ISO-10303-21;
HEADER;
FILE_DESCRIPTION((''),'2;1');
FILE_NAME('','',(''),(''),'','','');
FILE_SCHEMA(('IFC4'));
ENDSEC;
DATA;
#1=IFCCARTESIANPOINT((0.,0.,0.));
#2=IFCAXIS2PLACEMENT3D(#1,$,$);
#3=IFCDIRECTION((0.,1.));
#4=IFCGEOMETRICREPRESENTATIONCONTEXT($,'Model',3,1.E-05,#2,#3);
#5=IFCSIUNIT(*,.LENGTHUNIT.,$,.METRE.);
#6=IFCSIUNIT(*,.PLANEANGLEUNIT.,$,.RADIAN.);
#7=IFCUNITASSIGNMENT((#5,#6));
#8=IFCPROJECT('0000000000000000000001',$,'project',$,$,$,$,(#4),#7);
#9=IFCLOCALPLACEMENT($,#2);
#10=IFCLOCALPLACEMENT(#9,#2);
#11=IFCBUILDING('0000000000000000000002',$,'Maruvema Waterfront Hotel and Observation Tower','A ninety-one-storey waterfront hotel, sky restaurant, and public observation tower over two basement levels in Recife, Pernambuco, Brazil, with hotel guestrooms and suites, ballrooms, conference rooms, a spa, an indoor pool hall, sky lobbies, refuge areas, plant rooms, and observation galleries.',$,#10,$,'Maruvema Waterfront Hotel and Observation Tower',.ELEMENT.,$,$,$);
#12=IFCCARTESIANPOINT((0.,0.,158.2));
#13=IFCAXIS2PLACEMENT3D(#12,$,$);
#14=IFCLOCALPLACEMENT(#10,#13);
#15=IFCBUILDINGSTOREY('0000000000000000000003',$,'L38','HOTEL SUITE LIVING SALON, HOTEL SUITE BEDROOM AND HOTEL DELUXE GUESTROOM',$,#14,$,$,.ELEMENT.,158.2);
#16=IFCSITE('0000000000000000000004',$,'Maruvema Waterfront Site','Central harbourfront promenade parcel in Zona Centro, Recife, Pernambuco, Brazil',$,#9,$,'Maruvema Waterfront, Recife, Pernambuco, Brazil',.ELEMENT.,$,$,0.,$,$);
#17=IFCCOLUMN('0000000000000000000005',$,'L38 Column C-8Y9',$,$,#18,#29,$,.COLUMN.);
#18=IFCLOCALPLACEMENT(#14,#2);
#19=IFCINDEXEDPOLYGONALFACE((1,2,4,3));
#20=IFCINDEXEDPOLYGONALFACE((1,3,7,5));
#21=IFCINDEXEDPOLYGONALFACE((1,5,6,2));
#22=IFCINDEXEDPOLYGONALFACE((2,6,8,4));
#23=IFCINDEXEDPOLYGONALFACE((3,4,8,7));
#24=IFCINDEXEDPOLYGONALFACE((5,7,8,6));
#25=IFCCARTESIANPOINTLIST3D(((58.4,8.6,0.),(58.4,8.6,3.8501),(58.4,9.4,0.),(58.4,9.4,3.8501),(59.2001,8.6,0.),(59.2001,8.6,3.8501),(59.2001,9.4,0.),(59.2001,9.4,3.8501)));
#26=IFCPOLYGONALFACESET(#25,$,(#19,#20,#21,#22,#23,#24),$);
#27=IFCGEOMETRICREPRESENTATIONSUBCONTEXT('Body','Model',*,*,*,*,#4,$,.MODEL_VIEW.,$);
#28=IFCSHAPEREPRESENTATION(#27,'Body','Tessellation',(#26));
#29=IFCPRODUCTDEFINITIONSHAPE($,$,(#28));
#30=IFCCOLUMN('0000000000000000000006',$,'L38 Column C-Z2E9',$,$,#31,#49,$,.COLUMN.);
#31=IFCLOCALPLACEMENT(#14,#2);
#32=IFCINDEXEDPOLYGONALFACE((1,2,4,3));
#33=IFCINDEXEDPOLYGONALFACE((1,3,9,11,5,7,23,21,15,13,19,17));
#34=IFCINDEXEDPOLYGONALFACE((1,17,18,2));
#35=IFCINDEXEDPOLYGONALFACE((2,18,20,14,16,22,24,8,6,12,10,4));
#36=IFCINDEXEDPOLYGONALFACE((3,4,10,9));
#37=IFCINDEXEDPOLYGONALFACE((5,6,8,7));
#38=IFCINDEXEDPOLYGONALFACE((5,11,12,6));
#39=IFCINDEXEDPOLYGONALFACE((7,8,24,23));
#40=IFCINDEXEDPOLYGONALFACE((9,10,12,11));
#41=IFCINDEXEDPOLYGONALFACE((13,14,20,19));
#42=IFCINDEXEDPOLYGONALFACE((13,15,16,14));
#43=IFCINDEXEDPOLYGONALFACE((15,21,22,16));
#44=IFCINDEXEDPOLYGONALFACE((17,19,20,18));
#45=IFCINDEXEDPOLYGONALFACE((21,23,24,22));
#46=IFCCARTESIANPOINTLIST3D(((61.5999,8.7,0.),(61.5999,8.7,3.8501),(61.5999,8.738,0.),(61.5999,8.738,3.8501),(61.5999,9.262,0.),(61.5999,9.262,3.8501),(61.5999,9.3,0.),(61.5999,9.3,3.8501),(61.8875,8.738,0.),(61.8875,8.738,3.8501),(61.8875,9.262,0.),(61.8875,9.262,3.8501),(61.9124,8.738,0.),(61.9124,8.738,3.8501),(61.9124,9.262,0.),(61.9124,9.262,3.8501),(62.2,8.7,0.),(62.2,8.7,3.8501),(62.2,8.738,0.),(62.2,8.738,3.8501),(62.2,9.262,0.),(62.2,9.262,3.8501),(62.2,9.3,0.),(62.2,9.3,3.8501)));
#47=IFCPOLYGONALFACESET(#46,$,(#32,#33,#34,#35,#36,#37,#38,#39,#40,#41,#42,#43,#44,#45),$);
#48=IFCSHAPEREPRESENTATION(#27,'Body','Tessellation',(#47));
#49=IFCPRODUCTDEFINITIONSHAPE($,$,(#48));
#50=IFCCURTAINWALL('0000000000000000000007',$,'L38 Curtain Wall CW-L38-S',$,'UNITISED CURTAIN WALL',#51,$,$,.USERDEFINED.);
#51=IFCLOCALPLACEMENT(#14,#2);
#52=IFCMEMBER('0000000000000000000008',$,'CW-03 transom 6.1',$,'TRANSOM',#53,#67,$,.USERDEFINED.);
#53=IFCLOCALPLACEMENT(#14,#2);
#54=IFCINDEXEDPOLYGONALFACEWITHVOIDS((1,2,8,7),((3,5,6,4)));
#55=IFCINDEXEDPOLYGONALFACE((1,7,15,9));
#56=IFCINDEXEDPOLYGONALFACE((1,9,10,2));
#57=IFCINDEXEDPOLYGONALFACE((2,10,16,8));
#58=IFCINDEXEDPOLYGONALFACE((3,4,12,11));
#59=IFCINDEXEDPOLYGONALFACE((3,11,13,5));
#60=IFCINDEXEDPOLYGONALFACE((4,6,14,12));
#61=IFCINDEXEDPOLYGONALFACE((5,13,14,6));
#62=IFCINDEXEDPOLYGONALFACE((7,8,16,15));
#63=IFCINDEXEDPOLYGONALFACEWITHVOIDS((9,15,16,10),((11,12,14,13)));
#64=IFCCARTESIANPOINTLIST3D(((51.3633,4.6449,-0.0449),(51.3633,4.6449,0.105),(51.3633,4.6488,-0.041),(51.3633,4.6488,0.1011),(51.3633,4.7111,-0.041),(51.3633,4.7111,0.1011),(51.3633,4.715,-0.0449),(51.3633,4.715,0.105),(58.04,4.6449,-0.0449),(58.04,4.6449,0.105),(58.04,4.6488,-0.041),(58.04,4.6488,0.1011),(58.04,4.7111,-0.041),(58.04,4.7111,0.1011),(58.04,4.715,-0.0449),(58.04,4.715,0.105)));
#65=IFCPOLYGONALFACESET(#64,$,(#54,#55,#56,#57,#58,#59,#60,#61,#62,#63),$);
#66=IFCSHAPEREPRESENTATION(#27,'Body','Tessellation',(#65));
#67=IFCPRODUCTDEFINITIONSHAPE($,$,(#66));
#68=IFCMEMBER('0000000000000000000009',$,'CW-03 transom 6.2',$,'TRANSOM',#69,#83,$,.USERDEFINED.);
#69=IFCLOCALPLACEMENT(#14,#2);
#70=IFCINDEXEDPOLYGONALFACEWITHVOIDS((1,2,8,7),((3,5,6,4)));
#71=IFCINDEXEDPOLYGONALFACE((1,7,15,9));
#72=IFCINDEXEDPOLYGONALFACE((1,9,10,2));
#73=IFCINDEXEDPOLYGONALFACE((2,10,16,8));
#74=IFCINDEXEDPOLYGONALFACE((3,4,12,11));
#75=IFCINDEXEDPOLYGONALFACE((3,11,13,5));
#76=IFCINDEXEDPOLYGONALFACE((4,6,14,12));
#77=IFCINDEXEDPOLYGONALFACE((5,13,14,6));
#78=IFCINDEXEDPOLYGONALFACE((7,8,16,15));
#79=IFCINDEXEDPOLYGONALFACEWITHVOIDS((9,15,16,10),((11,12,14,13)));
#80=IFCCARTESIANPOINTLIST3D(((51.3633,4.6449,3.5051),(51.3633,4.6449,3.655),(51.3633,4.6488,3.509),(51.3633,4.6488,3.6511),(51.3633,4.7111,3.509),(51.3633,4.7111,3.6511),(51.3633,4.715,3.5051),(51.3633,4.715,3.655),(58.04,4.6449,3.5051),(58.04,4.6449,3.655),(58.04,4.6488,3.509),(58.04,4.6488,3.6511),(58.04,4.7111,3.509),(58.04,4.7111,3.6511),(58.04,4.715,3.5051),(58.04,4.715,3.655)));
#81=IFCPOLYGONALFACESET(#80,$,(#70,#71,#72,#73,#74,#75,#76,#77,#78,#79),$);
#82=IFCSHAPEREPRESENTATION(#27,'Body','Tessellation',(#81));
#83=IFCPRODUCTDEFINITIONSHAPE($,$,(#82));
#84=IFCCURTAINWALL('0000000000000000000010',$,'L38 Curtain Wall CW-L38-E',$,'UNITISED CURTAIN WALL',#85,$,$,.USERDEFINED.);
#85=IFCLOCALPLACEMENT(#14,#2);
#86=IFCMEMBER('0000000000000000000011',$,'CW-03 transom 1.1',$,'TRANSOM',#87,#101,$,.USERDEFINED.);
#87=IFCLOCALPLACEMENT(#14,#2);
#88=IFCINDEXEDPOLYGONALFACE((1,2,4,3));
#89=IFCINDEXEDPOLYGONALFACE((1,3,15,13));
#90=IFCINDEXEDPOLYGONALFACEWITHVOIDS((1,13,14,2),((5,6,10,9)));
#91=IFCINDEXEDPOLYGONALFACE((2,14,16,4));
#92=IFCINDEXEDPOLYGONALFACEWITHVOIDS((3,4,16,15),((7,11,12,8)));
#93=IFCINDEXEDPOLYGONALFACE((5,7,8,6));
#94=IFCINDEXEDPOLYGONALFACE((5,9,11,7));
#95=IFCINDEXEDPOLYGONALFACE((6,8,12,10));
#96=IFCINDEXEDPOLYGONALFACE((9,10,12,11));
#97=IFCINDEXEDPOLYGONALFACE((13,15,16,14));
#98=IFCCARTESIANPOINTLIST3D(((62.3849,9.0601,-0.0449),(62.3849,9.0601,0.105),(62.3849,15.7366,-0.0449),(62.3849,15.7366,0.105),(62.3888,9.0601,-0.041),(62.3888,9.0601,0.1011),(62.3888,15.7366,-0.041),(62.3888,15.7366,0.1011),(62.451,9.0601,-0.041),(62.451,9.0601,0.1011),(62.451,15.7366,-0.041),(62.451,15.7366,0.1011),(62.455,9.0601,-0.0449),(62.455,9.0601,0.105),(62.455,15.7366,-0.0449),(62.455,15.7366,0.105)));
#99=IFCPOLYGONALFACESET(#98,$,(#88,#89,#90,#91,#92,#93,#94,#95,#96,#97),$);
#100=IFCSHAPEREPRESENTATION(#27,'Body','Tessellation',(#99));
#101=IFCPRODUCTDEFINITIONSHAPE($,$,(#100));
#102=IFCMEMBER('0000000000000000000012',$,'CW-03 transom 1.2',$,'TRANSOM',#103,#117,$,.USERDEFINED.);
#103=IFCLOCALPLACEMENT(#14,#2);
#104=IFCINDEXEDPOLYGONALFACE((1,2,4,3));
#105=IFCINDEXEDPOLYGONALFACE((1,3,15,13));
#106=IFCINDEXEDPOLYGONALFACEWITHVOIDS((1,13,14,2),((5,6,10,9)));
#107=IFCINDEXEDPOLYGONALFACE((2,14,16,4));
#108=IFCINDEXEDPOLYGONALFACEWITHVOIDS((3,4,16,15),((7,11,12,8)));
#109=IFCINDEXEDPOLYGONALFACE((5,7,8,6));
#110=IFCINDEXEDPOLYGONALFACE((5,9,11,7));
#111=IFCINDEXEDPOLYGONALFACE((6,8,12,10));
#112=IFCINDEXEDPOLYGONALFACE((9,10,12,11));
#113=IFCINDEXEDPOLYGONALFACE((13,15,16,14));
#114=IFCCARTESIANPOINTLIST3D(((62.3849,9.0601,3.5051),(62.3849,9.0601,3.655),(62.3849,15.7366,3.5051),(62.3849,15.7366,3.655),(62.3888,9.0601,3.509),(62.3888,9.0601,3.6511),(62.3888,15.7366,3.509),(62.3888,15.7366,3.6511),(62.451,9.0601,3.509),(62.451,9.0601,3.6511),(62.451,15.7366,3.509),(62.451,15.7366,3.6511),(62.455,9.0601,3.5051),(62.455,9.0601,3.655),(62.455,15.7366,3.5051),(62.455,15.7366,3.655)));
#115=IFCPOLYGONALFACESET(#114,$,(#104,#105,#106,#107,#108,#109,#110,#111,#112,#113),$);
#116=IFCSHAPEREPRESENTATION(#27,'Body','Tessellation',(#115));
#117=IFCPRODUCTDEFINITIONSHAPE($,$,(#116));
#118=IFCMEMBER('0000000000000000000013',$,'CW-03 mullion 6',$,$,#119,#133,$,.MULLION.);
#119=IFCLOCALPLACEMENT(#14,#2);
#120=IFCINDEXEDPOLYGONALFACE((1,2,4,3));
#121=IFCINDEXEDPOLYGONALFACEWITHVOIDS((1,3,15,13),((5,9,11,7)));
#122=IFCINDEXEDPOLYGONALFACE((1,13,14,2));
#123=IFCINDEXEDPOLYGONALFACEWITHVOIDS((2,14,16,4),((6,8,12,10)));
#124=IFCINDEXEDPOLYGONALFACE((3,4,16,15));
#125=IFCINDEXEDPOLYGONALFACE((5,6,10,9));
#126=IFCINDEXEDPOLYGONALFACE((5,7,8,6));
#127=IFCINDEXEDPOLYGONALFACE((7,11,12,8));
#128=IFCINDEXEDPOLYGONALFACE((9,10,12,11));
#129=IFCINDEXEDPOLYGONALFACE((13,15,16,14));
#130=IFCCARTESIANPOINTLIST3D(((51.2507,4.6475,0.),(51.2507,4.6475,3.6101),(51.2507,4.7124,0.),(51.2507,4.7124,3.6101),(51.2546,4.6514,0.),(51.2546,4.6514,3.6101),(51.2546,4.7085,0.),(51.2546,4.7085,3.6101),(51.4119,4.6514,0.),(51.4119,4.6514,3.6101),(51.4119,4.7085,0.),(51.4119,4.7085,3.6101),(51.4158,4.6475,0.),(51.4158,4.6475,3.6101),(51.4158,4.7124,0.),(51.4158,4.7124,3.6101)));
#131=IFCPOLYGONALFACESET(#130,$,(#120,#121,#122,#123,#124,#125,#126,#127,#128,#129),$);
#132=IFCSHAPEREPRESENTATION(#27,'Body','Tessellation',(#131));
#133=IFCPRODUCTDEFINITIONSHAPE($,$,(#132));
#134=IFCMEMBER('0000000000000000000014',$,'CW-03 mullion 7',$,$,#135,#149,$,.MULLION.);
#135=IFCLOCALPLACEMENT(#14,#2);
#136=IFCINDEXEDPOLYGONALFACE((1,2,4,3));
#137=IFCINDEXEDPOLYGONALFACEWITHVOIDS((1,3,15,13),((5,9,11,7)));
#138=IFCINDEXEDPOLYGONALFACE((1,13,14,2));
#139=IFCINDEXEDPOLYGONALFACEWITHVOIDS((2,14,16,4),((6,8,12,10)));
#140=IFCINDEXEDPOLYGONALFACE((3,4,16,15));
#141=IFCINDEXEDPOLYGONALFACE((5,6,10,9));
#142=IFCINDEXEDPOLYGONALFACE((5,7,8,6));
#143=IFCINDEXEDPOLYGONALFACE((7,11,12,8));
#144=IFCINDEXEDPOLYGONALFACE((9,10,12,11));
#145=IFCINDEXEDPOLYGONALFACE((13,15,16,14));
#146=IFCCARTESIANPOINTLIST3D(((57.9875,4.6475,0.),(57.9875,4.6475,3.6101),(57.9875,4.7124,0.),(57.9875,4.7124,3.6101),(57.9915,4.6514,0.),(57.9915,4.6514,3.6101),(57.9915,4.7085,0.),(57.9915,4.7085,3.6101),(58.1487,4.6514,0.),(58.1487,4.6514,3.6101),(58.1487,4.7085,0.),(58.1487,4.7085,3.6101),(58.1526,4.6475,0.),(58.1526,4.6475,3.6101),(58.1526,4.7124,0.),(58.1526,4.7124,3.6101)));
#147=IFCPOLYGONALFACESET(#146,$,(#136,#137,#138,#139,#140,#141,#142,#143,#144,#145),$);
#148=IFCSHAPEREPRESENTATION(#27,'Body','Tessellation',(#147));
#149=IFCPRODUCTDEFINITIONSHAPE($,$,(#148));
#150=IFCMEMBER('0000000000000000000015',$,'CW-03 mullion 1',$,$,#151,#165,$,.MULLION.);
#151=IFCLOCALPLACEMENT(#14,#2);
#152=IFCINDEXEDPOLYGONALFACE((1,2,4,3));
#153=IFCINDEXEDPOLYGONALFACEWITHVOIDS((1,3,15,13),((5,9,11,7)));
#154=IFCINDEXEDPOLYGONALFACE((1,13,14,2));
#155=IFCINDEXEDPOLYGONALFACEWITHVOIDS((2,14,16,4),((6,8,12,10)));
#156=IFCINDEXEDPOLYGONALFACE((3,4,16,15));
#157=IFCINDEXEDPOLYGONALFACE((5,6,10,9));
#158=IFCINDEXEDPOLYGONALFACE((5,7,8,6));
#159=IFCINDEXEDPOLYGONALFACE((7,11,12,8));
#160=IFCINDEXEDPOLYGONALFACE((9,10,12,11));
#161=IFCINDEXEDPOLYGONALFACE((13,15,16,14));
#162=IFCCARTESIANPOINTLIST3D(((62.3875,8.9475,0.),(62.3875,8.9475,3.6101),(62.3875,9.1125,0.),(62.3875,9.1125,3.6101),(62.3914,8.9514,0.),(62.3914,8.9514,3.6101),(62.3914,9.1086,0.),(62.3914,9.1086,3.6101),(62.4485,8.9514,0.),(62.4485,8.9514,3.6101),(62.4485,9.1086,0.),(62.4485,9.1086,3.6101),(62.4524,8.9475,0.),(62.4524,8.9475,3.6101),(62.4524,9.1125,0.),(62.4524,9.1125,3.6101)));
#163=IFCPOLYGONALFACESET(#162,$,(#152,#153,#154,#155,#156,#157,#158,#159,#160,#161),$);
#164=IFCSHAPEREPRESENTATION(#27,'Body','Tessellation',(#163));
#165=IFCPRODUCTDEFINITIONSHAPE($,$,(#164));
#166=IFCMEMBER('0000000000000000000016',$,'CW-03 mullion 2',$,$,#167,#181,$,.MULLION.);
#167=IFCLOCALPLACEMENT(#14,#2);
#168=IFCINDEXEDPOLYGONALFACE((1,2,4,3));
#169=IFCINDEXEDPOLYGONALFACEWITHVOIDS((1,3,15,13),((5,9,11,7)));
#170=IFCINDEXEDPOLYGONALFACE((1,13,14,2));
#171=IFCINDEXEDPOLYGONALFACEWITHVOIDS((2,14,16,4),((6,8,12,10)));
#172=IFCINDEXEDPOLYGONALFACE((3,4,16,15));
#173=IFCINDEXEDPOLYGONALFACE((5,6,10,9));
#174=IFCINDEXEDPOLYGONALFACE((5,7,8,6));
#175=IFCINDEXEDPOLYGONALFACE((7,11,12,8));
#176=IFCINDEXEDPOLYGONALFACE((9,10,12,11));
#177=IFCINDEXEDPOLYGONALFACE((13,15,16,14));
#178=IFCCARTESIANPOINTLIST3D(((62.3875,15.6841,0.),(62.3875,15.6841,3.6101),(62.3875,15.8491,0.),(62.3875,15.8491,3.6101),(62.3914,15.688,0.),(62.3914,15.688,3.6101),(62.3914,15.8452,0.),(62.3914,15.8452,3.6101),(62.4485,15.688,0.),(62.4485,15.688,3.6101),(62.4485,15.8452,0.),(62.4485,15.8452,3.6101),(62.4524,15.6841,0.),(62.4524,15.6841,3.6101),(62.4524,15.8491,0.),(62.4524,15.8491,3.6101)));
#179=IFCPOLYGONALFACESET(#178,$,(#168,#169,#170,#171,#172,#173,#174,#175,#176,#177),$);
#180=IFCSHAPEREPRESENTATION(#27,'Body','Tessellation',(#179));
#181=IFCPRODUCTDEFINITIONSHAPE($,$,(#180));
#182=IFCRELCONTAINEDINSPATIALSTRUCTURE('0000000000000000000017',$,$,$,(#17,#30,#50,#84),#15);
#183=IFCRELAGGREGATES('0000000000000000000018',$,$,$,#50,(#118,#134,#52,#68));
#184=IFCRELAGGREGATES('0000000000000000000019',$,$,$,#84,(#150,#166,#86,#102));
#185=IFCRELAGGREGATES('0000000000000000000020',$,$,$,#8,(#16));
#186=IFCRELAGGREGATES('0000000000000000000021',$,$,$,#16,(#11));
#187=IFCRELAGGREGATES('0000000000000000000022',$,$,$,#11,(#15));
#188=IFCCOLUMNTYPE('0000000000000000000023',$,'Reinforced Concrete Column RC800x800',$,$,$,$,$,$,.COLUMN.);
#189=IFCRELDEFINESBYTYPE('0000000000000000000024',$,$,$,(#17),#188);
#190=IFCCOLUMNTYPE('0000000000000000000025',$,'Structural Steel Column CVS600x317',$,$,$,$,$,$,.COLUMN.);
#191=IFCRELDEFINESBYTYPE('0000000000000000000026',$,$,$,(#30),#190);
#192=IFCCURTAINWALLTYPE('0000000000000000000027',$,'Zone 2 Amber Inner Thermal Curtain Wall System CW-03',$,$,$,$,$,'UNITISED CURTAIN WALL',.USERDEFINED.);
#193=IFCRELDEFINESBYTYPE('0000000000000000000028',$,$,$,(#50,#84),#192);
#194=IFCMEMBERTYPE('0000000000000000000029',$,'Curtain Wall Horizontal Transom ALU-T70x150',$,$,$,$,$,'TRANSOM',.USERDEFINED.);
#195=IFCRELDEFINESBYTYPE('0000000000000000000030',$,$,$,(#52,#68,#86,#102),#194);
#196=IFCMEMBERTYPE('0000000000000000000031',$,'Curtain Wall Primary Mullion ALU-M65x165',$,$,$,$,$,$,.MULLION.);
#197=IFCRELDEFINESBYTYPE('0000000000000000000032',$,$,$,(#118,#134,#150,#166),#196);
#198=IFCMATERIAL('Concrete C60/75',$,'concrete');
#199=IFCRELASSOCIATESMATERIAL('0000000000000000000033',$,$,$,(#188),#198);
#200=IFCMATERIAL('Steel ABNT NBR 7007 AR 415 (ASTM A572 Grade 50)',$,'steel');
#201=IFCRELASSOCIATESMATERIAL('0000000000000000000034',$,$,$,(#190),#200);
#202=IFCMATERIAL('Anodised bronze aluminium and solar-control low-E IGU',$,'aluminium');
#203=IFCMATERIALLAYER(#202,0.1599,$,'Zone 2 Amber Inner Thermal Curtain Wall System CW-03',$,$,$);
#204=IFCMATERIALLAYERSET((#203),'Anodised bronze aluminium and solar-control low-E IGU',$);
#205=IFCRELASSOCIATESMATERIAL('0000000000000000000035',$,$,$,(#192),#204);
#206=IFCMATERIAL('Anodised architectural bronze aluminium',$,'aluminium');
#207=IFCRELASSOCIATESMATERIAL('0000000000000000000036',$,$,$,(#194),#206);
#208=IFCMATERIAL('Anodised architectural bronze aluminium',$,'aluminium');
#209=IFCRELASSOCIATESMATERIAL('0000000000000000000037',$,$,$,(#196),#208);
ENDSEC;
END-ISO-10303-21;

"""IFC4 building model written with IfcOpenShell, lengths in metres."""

from ifc_helpers import new_model, si_unit, direction, frame, origin, origin_2d, place, context, subcontext, project, spatial, rectangle, hollow_rectangle, i_section, extrude, material, layer, layer_set, material_profile, profile_set, type_object, element, aggregate, save


model = new_model("IFC4")

# Units and contexts
model_context = context("Model", 3, precision=1e-05, world=origin(), true_north=direction((0.0, 1.0)))
body_context = subcontext(model_context, "Body", "Model", "MODEL_VIEW")
ifc_project = project(units=[si_unit("LENGTHUNIT", "METRE"), si_unit("PLANEANGLEUNIT", "RADIAN")], contexts=[model_context])

# Site, building, storey
site_placement = place(None, origin())
site = spatial("IfcSite", under=ifc_project, at=site_placement, Name="Maruvema Waterfront Site", Description="Central harbourfront promenade parcel in Zona Centro, Recife, Pernambuco, Brazil", LongName="Maruvema Waterfront, Recife, Pernambuco, Brazil", CompositionType="ELEMENT", RefElevation=0.0)
building_placement = place(site_placement, origin())
building = spatial("IfcBuilding", under=site, at=building_placement, Name="Maruvema Waterfront Hotel and Observation Tower", Description="A ninety-one-storey waterfront hotel, sky restaurant, and public observation tower over two basement levels in Recife, Pernambuco, Brazil, with hotel guestrooms and suites, ballrooms, conference rooms, a spa, an indoor pool hall, sky lobbies, refuge areas, plant rooms, and observation galleries.", LongName="Maruvema Waterfront Hotel and Observation Tower", CompositionType="ELEMENT")
storey_placement = place(building_placement, frame((0.0, 0.0, 158.2)))
storey = spatial("IfcBuildingStorey", under=building, at=storey_placement, Name="L38", Description="HOTEL SUITE LIVING SALON, HOTEL SUITE BEDROOM AND HOTEL DELUXE GUESTROOM", CompositionType="ELEMENT", Elevation=158.2)

# Columns
ifc_material_1 = material(Name="Concrete C60/75", Category="concrete")
ifc_material_profile_1 = material_profile(ifc_material_1, rectangle(XDim=0.8, YDim=0.8, at=origin_2d()), Name="RC800x800")
ifc_profile_set_1 = profile_set([ifc_material_profile_1], Name="Concrete C60/75")
column_type_1 = type_object("IfcColumnType", Name="Reinforced Concrete Column RC800x800", PredefinedType="COLUMN", material=ifc_profile_set_1)
column_1_placement = place(storey_placement, frame((58.8, 9.0, 0.0), z_axis=(0.0, 0.0, 1.0), x_axis=(1.0, 0.0, 0.0)))
element("IfcColumn", 1, at=column_1_placement, inside=storey, type_object=column_type_1, Name="L38 Column C-8Y9", PredefinedType="COLUMN", context=body_context, shape_type="SweptSolid", body=[
    extrude(rectangle(XDim=0.8, YDim=0.8, at=origin_2d()), origin(), (0.0, 0.0, 1.0), 3.8501),
])
ifc_material_2 = material(Name="Steel ABNT NBR 7007 AR 415 (ASTM A572 Grade 50)", Category="steel")
ifc_material_profile_2 = material_profile(ifc_material_2, i_section(OverallWidth=0.6001, OverallDepth=0.6001, WebThickness=0.0249, FlangeThickness=0.0381, at=origin_2d()), Name="CVS600x317")
ifc_profile_set_2 = profile_set([ifc_material_profile_2], Name="Steel ABNT NBR 7007 AR 415 (ASTM A572 Grade 50)")
column_type_2 = type_object("IfcColumnType", Name="Structural Steel Column CVS600x317", PredefinedType="COLUMN", material=ifc_profile_set_2)
column_2_placement = place(storey_placement, frame((61.8999, 9.0, 0.0), z_axis=(0.0, 0.0, 1.0), x_axis=(1.0, 0.0, 0.0)))
element("IfcColumn", 2, at=column_2_placement, inside=storey, type_object=column_type_2, Name="L38 Column C-Z2E9", PredefinedType="COLUMN", context=body_context, shape_type="SweptSolid", body=[
    extrude(i_section(OverallWidth=0.6001, OverallDepth=0.6001, WebThickness=0.0249, FlangeThickness=0.0381, at=origin_2d()), origin(), (0.0, 0.0, 1.0), 3.8501),
])

# Curtain walls, members
ifc_material_3 = material(Name="Anodised bronze aluminium and solar-control low-E IGU", Category="aluminium")
ifc_layer_1 = layer(ifc_material_3, 0.1599, Name="Zone 2 Amber Inner Thermal Curtain Wall System CW-03")
ifc_layer_set_1 = layer_set([ifc_layer_1], Name="Anodised bronze aluminium and solar-control low-E IGU")
curtain_wall_type = type_object("IfcCurtainWallType", Name="Zone 2 Amber Inner Thermal Curtain Wall System CW-03", ElementType="UNITISED CURTAIN WALL", PredefinedType="USERDEFINED", material=ifc_layer_set_1)
curtain_wall_1_placement = place(storey_placement, origin())
curtain_wall_1 = element("IfcCurtainWall", 3, at=curtain_wall_1_placement, inside=storey, type_object=curtain_wall_type, Name="L38 Curtain Wall CW-L38-S", ObjectType="UNITISED CURTAIN WALL", PredefinedType="USERDEFINED")
ifc_material_4 = material(Name="Anodised architectural bronze aluminium", Category="aluminium")
ifc_material_profile_3 = material_profile(ifc_material_4, hollow_rectangle(XDim=0.0701, YDim=0.1499, WallThickness=0.0039, at=origin_2d()), Name="ALU-T70x150")
ifc_profile_set_3 = profile_set([ifc_material_profile_3], Name="Anodised architectural bronze aluminium")
member_type_1 = type_object("IfcMemberType", Name="Curtain Wall Horizontal Transom ALU-T70x150", ElementType="TRANSOM", PredefinedType="USERDEFINED", material=ifc_profile_set_3)
member_1_placement = place(storey_placement, frame((51.3633, 4.6799, 0.03), z_axis=(1.0, 0.0, 0.0), x_axis=(0.0, 1.0, 0.0)))
member_1 = element("IfcMember", 4, at=member_1_placement, type_object=member_type_1, Name="CW-03 transom 6.1", ObjectType="TRANSOM", PredefinedType="USERDEFINED", context=body_context, shape_type="SweptSolid", body=[
    extrude(hollow_rectangle(XDim=0.0701, YDim=0.1499, WallThickness=0.0039, at=origin_2d()), origin(), (0.0, 0.0, 1.0), 6.6768),
])
member_2_placement = place(storey_placement, frame((51.3633, 4.6799, 3.5801), z_axis=(1.0, 0.0, 0.0), x_axis=(0.0, 1.0, 0.0)))
member_2 = element("IfcMember", 5, at=member_2_placement, type_object=member_type_1, Name="CW-03 transom 6.2", ObjectType="TRANSOM", PredefinedType="USERDEFINED", context=body_context, shape_type="SweptSolid", body=[
    extrude(hollow_rectangle(XDim=0.0701, YDim=0.1499, WallThickness=0.0039, at=origin_2d()), origin(), (0.0, 0.0, 1.0), 6.6768),
])
curtain_wall_2_placement = place(storey_placement, origin())
curtain_wall_2 = element("IfcCurtainWall", 6, at=curtain_wall_2_placement, inside=storey, type_object=curtain_wall_type, Name="L38 Curtain Wall CW-L38-E", ObjectType="UNITISED CURTAIN WALL", PredefinedType="USERDEFINED")
member_3_placement = place(storey_placement, frame((62.4199, 9.0601, 0.03), z_axis=(0.0, 1.0, 0.0), x_axis=(-1.0, 0.0, 0.0)))
member_3 = element("IfcMember", 7, at=member_3_placement, type_object=member_type_1, Name="CW-03 transom 1.1", ObjectType="TRANSOM", PredefinedType="USERDEFINED", context=body_context, shape_type="SweptSolid", body=[
    extrude(hollow_rectangle(XDim=0.0701, YDim=0.1499, WallThickness=0.0039, at=origin_2d()), origin(), (0.0, 0.0, 1.0), 6.6765),
])
member_4_placement = place(storey_placement, frame((62.4199, 9.0601, 3.5801), z_axis=(0.0, 1.0, 0.0), x_axis=(-1.0, 0.0, 0.0)))
member_4 = element("IfcMember", 8, at=member_4_placement, type_object=member_type_1, Name="CW-03 transom 1.2", ObjectType="TRANSOM", PredefinedType="USERDEFINED", context=body_context, shape_type="SweptSolid", body=[
    extrude(hollow_rectangle(XDim=0.0701, YDim=0.1499, WallThickness=0.0039, at=origin_2d()), origin(), (0.0, 0.0, 1.0), 6.6765),
])

# Members
ifc_material_5 = material(Name="Anodised architectural bronze aluminium", Category="aluminium")
ifc_material_profile_4 = material_profile(ifc_material_5, hollow_rectangle(XDim=0.0649, YDim=0.165, WallThickness=0.0039, at=origin_2d()), Name="ALU-M65x165")
ifc_profile_set_4 = profile_set([ifc_material_profile_4], Name="Anodised architectural bronze aluminium")
member_type_2 = type_object("IfcMemberType", Name="Curtain Wall Primary Mullion ALU-M65x165", PredefinedType="MULLION", material=ifc_profile_set_4)
member_5_placement = place(storey_placement, frame((51.3333, 4.6799, 0.0), z_axis=(0.0, 0.0, 1.0), x_axis=(0.0, 1.0, 0.0)))
member_5 = element("IfcMember", 9, at=member_5_placement, type_object=member_type_2, Name="CW-03 mullion 6", PredefinedType="MULLION", context=body_context, shape_type="SweptSolid", body=[
    extrude(hollow_rectangle(XDim=0.0649, YDim=0.165, WallThickness=0.0039, at=origin_2d()), origin(), (0.0, 0.0, 1.0), 3.6101),
])
member_6_placement = place(storey_placement, frame((58.0701, 4.6799, 0.0), z_axis=(0.0, 0.0, 1.0), x_axis=(0.0, 1.0, 0.0)))
member_6 = element("IfcMember", 10, at=member_6_placement, type_object=member_type_2, Name="CW-03 mullion 7", PredefinedType="MULLION", context=body_context, shape_type="SweptSolid", body=[
    extrude(hollow_rectangle(XDim=0.0649, YDim=0.165, WallThickness=0.0039, at=origin_2d()), origin(), (0.0, 0.0, 1.0), 3.6101),
])
member_7_placement = place(storey_placement, frame((62.4199, 9.03, 0.0), z_axis=(0.0, 0.0, 1.0), x_axis=(-1.0, 0.0, 0.0)))
member_7 = element("IfcMember", 11, at=member_7_placement, type_object=member_type_2, Name="CW-03 mullion 1", PredefinedType="MULLION", context=body_context, shape_type="SweptSolid", body=[
    extrude(hollow_rectangle(XDim=0.0649, YDim=0.165, WallThickness=0.0039, at=origin_2d()), origin(), (0.0, 0.0, 1.0), 3.6101),
])
member_8_placement = place(storey_placement, frame((62.4199, 15.7666, 0.0), z_axis=(0.0, 0.0, 1.0), x_axis=(-1.0, 0.0, 0.0)))
member_8 = element("IfcMember", 12, at=member_8_placement, type_object=member_type_2, Name="CW-03 mullion 2", PredefinedType="MULLION", context=body_context, shape_type="SweptSolid", body=[
    extrude(hollow_rectangle(XDim=0.0649, YDim=0.165, WallThickness=0.0039, at=origin_2d()), origin(), (0.0, 0.0, 1.0), 3.6101),
])

aggregate(curtain_wall_1, [member_5, member_6, member_1, member_2])
aggregate(curtain_wall_2, [member_7, member_8, member_3, member_4])

save(model, "model.ifc")
